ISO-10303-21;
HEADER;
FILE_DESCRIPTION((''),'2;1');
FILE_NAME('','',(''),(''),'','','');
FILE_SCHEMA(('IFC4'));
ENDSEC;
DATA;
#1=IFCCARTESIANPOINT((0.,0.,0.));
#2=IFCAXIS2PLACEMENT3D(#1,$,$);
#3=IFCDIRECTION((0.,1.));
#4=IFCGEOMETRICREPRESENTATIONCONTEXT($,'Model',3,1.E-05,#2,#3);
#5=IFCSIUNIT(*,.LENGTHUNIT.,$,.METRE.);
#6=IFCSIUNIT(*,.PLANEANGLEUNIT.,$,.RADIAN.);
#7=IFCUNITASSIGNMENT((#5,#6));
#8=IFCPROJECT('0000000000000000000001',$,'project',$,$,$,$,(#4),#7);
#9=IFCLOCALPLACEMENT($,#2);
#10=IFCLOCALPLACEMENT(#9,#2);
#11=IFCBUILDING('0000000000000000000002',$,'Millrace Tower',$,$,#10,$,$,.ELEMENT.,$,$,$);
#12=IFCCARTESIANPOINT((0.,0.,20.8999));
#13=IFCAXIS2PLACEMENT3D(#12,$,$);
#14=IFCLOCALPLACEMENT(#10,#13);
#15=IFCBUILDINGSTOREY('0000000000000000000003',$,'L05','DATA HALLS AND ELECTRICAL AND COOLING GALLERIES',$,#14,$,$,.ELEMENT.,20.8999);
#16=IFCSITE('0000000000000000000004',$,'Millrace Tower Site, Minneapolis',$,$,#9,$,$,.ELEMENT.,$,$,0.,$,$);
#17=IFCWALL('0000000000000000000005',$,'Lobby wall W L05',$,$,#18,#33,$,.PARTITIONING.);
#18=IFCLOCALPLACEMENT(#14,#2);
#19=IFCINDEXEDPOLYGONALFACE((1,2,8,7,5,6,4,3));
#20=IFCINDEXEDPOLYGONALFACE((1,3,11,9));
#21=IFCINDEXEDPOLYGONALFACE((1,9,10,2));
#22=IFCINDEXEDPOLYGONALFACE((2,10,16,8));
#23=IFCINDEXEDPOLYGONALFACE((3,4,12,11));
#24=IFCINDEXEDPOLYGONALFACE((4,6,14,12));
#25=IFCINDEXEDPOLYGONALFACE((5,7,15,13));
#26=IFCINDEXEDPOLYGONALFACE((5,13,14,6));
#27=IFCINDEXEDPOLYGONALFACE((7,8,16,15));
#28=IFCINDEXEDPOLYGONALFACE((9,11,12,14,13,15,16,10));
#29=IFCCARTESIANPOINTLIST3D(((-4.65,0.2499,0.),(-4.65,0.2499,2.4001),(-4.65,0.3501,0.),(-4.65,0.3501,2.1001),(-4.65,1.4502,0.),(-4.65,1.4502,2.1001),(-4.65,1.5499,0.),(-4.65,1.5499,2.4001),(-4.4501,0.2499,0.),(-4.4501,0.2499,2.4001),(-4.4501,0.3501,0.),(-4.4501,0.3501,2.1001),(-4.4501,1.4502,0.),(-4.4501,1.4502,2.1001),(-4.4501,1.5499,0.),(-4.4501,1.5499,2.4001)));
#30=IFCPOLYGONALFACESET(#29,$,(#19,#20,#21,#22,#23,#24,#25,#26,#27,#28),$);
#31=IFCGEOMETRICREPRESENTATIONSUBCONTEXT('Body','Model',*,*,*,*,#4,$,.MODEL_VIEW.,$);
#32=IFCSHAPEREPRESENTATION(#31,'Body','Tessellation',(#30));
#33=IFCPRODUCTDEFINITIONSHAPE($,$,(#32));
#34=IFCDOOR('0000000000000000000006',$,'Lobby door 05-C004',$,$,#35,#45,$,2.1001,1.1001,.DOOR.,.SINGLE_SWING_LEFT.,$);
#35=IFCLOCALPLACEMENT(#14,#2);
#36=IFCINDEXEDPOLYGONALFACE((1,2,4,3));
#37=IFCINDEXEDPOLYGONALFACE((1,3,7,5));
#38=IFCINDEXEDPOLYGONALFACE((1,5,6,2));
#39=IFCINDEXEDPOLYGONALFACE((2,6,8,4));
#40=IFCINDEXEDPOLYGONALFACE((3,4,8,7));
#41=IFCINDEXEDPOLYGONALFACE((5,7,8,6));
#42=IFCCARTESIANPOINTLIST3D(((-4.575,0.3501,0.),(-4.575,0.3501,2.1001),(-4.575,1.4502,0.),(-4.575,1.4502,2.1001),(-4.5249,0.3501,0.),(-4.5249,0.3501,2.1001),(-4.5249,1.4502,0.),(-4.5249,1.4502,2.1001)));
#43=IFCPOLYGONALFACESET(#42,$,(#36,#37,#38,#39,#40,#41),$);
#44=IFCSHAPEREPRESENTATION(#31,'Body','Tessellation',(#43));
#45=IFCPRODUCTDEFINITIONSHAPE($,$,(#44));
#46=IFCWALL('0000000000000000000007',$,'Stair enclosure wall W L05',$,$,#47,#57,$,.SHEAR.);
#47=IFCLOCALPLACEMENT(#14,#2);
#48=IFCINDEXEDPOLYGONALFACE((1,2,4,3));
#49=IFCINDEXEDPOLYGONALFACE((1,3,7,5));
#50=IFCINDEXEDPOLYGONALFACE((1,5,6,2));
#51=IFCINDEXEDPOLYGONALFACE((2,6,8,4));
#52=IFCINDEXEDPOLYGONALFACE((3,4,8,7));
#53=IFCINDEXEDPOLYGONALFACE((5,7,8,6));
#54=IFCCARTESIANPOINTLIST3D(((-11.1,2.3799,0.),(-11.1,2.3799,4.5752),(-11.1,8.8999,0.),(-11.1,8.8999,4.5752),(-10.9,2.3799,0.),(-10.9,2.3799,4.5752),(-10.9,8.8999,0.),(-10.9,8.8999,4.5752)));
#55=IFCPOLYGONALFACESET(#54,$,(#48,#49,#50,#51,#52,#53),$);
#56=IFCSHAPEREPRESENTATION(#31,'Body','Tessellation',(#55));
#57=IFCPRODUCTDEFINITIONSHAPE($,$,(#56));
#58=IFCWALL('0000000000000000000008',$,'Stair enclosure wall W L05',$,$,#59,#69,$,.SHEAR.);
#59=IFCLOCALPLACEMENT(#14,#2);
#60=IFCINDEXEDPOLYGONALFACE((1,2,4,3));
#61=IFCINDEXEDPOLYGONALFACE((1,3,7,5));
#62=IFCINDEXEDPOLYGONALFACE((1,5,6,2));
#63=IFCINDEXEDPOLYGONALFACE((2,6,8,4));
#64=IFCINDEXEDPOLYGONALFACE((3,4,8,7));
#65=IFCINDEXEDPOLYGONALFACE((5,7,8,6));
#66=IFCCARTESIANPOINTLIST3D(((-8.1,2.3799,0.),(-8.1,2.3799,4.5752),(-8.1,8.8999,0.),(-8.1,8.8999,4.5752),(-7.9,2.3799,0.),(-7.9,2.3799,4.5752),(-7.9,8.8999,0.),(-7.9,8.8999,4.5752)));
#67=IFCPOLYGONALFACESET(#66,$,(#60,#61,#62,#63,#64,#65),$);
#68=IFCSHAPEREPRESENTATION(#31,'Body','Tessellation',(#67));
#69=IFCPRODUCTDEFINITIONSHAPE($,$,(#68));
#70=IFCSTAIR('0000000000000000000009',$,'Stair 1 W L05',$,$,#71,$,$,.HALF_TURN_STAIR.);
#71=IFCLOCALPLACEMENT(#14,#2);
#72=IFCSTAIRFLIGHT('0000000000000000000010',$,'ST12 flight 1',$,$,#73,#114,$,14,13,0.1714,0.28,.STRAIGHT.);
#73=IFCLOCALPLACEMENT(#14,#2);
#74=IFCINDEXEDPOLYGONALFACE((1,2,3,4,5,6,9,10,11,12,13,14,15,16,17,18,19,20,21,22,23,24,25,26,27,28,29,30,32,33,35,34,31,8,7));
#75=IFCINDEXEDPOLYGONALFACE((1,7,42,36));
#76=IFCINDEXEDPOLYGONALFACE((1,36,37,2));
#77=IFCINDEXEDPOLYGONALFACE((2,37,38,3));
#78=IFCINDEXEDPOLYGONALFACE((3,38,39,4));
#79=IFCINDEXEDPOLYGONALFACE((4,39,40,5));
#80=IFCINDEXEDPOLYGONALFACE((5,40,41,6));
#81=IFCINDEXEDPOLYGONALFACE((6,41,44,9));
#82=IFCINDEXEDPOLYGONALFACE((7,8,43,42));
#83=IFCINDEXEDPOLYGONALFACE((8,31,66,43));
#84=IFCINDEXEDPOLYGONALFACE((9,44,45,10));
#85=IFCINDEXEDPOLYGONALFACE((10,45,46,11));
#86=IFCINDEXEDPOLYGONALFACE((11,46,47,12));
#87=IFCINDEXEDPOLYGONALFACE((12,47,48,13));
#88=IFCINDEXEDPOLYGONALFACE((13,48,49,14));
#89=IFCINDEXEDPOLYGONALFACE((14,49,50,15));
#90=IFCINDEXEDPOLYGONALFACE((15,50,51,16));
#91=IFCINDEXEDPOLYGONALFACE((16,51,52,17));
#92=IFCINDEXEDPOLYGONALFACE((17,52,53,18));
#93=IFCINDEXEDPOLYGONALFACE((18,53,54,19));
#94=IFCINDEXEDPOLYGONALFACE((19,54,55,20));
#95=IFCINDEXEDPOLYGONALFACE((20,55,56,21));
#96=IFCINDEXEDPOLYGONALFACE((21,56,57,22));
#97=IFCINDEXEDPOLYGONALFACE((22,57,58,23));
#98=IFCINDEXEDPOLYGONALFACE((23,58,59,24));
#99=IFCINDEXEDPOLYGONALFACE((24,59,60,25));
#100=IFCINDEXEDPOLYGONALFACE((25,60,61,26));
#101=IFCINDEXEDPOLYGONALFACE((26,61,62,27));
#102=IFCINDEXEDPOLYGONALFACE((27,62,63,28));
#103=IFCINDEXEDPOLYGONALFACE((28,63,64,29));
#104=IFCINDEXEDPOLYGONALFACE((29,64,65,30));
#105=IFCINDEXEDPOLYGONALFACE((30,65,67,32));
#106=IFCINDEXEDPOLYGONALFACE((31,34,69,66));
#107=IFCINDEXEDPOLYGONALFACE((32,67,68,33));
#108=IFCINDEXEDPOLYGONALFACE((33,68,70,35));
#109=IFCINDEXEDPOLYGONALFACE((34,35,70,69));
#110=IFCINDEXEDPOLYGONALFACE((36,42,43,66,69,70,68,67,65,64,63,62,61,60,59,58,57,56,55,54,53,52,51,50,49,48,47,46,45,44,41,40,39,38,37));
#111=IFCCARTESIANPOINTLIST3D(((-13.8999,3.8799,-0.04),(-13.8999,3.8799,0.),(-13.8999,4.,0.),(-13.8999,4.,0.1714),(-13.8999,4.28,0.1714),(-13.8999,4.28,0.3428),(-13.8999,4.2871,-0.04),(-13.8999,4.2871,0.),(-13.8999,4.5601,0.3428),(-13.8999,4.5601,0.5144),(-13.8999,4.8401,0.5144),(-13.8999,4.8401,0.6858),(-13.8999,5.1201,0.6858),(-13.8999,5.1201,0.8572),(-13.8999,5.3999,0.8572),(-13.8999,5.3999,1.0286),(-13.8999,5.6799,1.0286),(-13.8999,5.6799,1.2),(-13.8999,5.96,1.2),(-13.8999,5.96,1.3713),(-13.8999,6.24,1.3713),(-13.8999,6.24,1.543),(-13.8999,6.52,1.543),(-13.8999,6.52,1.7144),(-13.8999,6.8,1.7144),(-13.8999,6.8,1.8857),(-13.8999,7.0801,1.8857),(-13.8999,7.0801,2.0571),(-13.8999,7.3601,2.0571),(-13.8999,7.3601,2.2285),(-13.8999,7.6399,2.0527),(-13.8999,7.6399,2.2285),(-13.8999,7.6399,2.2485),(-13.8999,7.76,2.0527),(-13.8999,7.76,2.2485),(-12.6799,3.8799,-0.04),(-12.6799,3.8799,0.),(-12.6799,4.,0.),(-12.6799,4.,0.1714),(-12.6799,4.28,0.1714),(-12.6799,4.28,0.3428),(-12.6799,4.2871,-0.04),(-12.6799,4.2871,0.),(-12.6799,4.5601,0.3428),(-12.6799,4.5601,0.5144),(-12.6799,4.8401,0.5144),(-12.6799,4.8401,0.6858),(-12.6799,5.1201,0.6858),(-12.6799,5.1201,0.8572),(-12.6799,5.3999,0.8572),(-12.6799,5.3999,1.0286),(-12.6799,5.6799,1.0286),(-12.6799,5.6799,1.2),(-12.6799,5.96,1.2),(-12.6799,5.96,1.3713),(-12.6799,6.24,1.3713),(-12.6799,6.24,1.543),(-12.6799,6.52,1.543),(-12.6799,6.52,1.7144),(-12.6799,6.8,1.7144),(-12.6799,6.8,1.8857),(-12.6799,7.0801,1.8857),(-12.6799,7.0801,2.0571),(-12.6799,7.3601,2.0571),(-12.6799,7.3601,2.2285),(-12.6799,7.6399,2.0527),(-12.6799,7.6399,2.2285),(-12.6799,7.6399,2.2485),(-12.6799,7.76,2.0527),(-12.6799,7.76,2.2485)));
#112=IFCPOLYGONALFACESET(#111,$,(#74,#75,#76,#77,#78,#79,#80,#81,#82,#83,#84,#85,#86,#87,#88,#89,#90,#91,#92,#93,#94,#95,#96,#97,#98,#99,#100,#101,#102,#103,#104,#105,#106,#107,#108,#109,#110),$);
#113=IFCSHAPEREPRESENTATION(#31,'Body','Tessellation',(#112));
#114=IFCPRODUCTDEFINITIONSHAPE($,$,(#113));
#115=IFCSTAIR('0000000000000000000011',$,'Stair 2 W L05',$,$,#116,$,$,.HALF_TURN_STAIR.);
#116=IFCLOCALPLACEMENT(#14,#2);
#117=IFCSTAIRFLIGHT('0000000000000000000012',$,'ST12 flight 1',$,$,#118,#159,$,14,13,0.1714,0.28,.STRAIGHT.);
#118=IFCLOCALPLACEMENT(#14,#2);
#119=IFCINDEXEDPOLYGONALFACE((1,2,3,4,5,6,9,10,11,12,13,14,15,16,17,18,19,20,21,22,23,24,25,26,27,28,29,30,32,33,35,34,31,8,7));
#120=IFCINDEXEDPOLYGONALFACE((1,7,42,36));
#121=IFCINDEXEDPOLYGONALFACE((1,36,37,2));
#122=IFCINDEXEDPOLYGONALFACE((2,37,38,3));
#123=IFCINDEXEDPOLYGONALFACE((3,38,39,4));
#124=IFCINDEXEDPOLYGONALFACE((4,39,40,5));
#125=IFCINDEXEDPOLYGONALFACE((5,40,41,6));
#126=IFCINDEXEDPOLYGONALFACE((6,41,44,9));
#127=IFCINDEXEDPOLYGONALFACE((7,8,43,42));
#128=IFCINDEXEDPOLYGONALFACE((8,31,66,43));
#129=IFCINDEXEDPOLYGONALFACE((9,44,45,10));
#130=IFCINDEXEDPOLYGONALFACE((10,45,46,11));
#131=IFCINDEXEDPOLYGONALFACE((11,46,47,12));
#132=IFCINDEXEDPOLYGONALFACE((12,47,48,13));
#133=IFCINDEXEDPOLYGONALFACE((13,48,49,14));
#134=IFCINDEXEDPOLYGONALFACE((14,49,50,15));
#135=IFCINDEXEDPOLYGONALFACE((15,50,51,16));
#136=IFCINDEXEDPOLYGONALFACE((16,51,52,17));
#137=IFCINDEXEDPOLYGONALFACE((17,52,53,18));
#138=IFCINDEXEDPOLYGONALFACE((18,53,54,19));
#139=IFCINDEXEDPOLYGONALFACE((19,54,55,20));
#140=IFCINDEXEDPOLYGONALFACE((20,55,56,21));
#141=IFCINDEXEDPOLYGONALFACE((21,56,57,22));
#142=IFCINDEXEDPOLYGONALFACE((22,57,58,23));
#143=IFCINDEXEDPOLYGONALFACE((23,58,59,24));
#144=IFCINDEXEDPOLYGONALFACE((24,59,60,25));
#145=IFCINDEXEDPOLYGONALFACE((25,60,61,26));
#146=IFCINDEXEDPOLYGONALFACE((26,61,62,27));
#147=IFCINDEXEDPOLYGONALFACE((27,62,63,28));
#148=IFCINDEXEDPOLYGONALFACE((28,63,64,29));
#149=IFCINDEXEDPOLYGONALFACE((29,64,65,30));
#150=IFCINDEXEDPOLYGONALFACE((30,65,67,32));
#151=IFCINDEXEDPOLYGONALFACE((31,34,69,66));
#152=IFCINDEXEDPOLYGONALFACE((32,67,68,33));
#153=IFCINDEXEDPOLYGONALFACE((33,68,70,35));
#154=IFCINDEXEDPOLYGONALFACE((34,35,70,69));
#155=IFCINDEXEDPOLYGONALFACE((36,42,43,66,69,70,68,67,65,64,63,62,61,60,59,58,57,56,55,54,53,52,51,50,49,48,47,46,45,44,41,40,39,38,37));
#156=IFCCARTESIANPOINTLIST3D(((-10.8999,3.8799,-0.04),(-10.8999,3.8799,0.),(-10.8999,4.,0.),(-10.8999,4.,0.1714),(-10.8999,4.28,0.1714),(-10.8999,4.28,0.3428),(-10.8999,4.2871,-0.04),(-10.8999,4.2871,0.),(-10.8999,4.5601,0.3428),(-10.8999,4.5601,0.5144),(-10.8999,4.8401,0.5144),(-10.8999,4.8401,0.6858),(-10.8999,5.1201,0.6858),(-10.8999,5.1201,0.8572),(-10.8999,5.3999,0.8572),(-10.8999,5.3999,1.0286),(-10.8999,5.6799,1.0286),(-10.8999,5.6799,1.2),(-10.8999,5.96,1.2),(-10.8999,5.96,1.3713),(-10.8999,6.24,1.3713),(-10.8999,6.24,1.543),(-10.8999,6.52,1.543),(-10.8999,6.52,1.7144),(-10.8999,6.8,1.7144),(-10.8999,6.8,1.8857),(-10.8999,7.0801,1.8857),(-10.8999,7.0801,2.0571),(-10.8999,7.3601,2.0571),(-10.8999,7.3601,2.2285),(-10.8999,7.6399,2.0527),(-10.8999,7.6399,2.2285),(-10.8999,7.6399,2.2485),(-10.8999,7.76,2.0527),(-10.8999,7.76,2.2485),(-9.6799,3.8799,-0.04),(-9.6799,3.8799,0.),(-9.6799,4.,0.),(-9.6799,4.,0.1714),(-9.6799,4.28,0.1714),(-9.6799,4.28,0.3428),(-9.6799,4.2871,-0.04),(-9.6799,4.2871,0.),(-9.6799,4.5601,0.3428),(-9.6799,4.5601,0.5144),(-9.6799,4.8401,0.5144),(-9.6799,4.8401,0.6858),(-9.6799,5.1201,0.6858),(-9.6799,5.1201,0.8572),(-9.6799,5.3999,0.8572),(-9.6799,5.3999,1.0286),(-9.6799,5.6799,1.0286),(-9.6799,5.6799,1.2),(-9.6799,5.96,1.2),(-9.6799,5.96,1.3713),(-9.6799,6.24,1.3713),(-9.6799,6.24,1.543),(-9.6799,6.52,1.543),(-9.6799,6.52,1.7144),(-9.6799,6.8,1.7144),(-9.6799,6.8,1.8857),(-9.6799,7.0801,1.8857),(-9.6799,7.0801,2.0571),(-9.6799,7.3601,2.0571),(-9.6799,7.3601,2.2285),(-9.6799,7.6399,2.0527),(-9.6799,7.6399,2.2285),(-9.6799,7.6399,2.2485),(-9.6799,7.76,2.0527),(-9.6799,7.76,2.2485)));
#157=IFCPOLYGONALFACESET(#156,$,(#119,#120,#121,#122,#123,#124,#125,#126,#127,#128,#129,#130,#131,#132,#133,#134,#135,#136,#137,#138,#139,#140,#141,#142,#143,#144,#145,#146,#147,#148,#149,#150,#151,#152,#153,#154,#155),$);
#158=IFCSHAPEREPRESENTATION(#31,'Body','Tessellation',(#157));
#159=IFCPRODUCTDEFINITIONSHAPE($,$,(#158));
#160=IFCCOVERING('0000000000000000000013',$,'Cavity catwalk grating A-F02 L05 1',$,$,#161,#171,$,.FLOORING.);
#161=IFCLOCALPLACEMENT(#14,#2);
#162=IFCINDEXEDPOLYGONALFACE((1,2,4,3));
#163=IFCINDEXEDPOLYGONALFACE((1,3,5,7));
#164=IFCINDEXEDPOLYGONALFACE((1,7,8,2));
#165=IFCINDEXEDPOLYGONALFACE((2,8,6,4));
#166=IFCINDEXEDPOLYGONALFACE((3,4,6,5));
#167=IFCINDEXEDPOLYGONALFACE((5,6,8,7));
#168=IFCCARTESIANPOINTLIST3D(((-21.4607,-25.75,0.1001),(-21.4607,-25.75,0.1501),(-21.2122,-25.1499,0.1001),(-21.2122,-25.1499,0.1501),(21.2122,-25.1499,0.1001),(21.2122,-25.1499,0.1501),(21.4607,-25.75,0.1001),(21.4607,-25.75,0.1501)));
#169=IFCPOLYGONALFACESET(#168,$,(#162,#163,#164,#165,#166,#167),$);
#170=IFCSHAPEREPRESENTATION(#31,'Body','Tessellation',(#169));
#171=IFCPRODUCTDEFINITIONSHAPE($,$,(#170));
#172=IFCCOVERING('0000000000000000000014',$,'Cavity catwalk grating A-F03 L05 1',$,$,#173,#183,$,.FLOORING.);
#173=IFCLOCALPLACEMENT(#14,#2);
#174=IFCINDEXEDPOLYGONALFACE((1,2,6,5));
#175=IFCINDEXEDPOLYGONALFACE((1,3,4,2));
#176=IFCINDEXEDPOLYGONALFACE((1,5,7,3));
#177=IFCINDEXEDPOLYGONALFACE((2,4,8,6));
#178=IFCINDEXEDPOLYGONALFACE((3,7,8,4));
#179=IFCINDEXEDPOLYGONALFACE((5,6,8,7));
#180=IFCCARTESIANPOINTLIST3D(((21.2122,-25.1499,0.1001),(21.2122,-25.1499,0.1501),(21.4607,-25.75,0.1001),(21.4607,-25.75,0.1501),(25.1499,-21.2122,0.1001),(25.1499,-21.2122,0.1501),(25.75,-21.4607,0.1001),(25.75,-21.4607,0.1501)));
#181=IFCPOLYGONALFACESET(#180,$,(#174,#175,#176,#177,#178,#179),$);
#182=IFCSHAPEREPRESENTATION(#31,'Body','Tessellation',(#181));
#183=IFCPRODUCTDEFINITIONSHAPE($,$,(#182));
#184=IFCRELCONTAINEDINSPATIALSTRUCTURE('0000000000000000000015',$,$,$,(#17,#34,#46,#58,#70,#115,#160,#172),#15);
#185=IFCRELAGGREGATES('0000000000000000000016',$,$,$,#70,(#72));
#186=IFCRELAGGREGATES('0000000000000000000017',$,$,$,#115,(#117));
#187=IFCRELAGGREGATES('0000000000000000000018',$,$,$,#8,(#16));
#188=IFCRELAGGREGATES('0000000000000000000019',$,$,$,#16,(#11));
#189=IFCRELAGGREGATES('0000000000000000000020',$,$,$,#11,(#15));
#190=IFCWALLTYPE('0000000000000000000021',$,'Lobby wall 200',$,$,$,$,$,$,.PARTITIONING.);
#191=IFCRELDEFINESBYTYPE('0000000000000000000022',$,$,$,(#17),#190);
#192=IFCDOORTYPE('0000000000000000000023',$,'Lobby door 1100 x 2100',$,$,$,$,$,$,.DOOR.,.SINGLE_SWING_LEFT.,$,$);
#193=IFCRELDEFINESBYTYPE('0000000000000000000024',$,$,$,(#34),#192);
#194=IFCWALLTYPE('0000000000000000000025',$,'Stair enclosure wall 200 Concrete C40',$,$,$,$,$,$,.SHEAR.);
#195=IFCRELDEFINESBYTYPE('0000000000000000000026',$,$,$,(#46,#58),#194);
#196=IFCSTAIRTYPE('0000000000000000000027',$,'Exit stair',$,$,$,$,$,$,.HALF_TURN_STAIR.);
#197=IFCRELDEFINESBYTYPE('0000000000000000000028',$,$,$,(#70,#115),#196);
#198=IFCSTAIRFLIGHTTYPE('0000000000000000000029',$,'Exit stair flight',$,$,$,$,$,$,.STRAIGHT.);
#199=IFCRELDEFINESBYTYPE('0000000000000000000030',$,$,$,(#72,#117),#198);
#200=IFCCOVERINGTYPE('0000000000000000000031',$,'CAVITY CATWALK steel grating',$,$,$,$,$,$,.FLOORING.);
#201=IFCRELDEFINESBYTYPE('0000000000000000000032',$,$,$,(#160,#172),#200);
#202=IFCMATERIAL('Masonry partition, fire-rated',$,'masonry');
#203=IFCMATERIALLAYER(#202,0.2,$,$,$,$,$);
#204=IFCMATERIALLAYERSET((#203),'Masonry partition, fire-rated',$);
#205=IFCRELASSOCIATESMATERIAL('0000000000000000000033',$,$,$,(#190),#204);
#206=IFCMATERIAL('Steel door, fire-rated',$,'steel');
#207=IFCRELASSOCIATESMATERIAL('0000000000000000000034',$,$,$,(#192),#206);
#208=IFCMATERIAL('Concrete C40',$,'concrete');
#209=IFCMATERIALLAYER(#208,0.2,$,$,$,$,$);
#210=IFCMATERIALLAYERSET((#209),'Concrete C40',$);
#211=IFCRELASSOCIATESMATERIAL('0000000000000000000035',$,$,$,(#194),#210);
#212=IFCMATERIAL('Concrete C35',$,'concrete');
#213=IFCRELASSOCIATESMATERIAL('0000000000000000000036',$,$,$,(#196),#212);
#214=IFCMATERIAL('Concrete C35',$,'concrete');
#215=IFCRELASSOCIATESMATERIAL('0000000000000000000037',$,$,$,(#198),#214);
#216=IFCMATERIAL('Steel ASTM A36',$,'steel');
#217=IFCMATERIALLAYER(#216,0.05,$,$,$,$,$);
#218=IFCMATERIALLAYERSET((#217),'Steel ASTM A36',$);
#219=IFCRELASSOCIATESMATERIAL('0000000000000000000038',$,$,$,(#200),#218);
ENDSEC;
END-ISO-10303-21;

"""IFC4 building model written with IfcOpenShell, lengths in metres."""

from ifc_helpers import new_model, si_unit, direction, frame, frame_2d, origin, place, context, subcontext, project, spatial, polyline, rectangle, outline, extrude, material, layer, layer_set, type_object, element, fill, aggregate, save


model = new_model("IFC4")

# Units and contexts
model_context = context("Model", 3, precision=1e-05, world=origin(), true_north=direction((0.0, 1.0)))
body_context = subcontext(model_context, "Body", "Model", "MODEL_VIEW")
ifc_project = project(units=[si_unit("LENGTHUNIT", "METRE"), si_unit("PLANEANGLEUNIT", "RADIAN")], contexts=[model_context])

# Site, building, storey
site_placement = place(None, origin())
site = spatial("IfcSite", under=ifc_project, at=site_placement, Name="Millrace Tower Site, Minneapolis", CompositionType="ELEMENT", RefElevation=0.0)
building_placement = place(site_placement, origin())
building = spatial("IfcBuilding", under=site, at=building_placement, Name="Millrace Tower", CompositionType="ELEMENT")
storey_placement = place(building_placement, frame((0.0, 0.0, 20.8999)))
storey = spatial("IfcBuildingStorey", under=building, at=storey_placement, Name="L05", Description="DATA HALLS AND ELECTRICAL AND COOLING GALLERIES", CompositionType="ELEMENT", Elevation=20.8999)

# Shared definitions
placement_1 = place(storey_placement, origin())

# Wall, opening, door
ifc_material_1 = material(Name="Masonry partition, fire-rated", Category="masonry")
ifc_layer_1 = layer(ifc_material_1, 0.2)
ifc_layer_set_1 = layer_set([ifc_layer_1], Name="Masonry partition, fire-rated")
wall_type_1 = type_object("IfcWallType", Name="Lobby wall 200", PredefinedType="PARTITIONING", material=ifc_layer_set_1)
wall_1_placement = place(storey_placement, frame((-4.55, 0.25, 0.0), z_axis=(0.0, 0.0, 1.0), x_axis=(0.0, 1.0, 0.0)))
wall_1 = element("IfcWall", 1, at=wall_1_placement, inside=storey, type_object=wall_type_1, Name="Lobby wall W L05", PredefinedType="PARTITIONING", context=body_context, shape_type="SweptSolid", body=[
    extrude(rectangle(XDim=1.3, YDim=0.2, at=frame_2d((0.6499, 0.0))), origin(), (0.0, 0.0, 1.0), 2.4001),
])
opening_placement = place(wall_1_placement, frame((0.1001, 0.0, 0.0)))
opening = element("IfcOpeningElement", 2, at=opening_placement, cuts=wall_1, PredefinedType="OPENING", context=body_context, shape_type="SweptSolid", body=[
    extrude(rectangle(XDim=1.1001, YDim=2.1001, at=frame_2d((0.55, 1.05))), frame((0.0, 0.1099, 0.0), z_axis=(0.0, -1.0, 0.0), x_axis=(1.0, 0.0, 0.0)), (0.0, 0.0, 1.0), 0.22),
])
ifc_material_2 = material(Name="Steel door, fire-rated", Category="steel")
door_type = type_object("IfcDoorType", Name="Lobby door 1100 x 2100", OperationType="SINGLE_SWING_LEFT", PredefinedType="DOOR", material=ifc_material_2)
door_placement = place(opening_placement, origin())
door = element("IfcDoor", 3, at=door_placement, inside=storey, type_object=door_type, Name="Lobby door 05-C004", OperationType="SINGLE_SWING_LEFT", OverallHeight=2.1001, OverallWidth=1.1001, PredefinedType="DOOR", context=body_context, shape_type="SweptSolid", body=[
    extrude(rectangle(XDim=1.1001, YDim=2.1001, at=frame_2d((0.55, 1.05))), frame((0.0, 0.0249, 0.0), z_axis=(0.0, -1.0, 0.0), x_axis=(1.0, 0.0, 0.0)), (0.0, 0.0, 1.0), 0.05),
])
fill(opening, door)

# Walls
ifc_material_3 = material(Name="Concrete C40", Category="concrete")
ifc_layer_2 = layer(ifc_material_3, 0.2)
ifc_layer_set_2 = layer_set([ifc_layer_2], Name="Concrete C40")
wall_type_2 = type_object("IfcWallType", Name="Stair enclosure wall 200 Concrete C40", PredefinedType="SHEAR", material=ifc_layer_set_2)
for number, where, z_axis, x_axis, name in (
    (4, (-11.0, 2.3799, 0.0), (0.0, 0.0, 1.0), (0.0, 1.0, 0.0), "Stair enclosure wall W L05"),
    (5, (-8.0, 2.3799, 0.0), (0.0, 0.0, 1.0), (0.0, 1.0, 0.0), "Stair enclosure wall W L05"),
):
    element("IfcWall", number, at=place(storey_placement, frame(where, z_axis=z_axis, x_axis=x_axis)), inside=storey, type_object=wall_type_2, Name=name, PredefinedType="SHEAR", context=body_context, shape_type="SweptSolid", body=[
        extrude(rectangle(XDim=6.52, YDim=0.2, at=frame_2d((3.26, 0.0))), origin(), (0.0, 0.0, 1.0), 4.5752),
    ])

# Stairs, stair flights
ifc_material_4 = material(Name="Concrete C35", Category="concrete")
stair_type = type_object("IfcStairType", Name="Exit stair", PredefinedType="HALF_TURN_STAIR", material=ifc_material_4)
stair_1 = element("IfcStair", 6, at=placement_1, inside=storey, type_object=stair_type, Name="Stair 1 W L05", PredefinedType="HALF_TURN_STAIR")
ifc_material_5 = material(Name="Concrete C35", Category="concrete")
stair_flight_type = type_object("IfcStairFlightType", Name="Exit stair flight", PredefinedType="STRAIGHT", material=ifc_material_5)
stair_flight_1_placement = place(storey_placement, frame((-13.29, 4.0, 0.0), z_axis=(0.0, 0.0, 1.0), x_axis=(0.0, 1.0, 0.0)))
stair_flight_1 = element("IfcStairFlight", 7, at=stair_flight_1_placement, type_object=stair_flight_type, Name="ST12 flight 1", NumberOfRisers=14, NumberOfTreads=13, PredefinedType="STRAIGHT", RiserHeight=0.1714, TreadLength=0.28, context=body_context, shape_type="SweptSolid", body=[
    extrude(outline(polyline([(-0.1201, -0.04), (-0.1201, 0.0), (0.0, 0.0), (0.0, 0.1714), (0.28, 0.1714), (0.28, 0.3428), (0.5601, 0.3428), (0.5601, 0.5144), (0.8401, 0.5144), (0.8401, 0.6858), (1.1201, 0.6858), (1.1201, 0.8572), (1.3999, 0.8572), (1.3999, 1.0286), (1.6799, 1.0286), (1.6799, 1.2), (1.96, 1.2), (1.96, 1.3713), (2.24, 1.3713), (2.24, 1.543), (2.52, 1.543), (2.52, 1.7144), (2.8, 1.7144), (2.8, 1.8857), (3.0801, 1.8857), (3.0801, 2.0571), (3.3601, 2.0571), (3.3601, 2.2285), (3.6399, 2.2285), (3.6399, 2.2485), (3.76, 2.2485), (3.76, 2.0527), (3.6399, 2.0527), (0.2871, 0.0), (0.2871, -0.04), (-0.1201, -0.04)])), frame((0.0, 0.6099, 0.0), z_axis=(0.0, -1.0, 0.0), x_axis=(1.0, 0.0, 0.0)), (0.0, 0.0, 1.0), 1.22),
])
aggregate(stair_1, [stair_flight_1])
stair_2 = element("IfcStair", 8, at=placement_1, inside=storey, type_object=stair_type, Name="Stair 2 W L05", PredefinedType="HALF_TURN_STAIR")
stair_flight_2_placement = place(storey_placement, frame((-10.29, 4.0, 0.0), z_axis=(0.0, 0.0, 1.0), x_axis=(0.0, 1.0, 0.0)))
stair_flight_2 = element("IfcStairFlight", 9, at=stair_flight_2_placement, type_object=stair_flight_type, Name="ST12 flight 1", NumberOfRisers=14, NumberOfTreads=13, PredefinedType="STRAIGHT", RiserHeight=0.1714, TreadLength=0.28, context=body_context, shape_type="SweptSolid", body=[
    extrude(outline(polyline([(-0.1201, -0.04), (-0.1201, 0.0), (0.0, 0.0), (0.0, 0.1714), (0.28, 0.1714), (0.28, 0.3428), (0.5601, 0.3428), (0.5601, 0.5144), (0.8401, 0.5144), (0.8401, 0.6858), (1.1201, 0.6858), (1.1201, 0.8572), (1.3999, 0.8572), (1.3999, 1.0286), (1.6799, 1.0286), (1.6799, 1.2), (1.96, 1.2), (1.96, 1.3713), (2.24, 1.3713), (2.24, 1.543), (2.52, 1.543), (2.52, 1.7144), (2.8, 1.7144), (2.8, 1.8857), (3.0801, 1.8857), (3.0801, 2.0571), (3.3601, 2.0571), (3.3601, 2.2285), (3.6399, 2.2285), (3.6399, 2.2485), (3.76, 2.2485), (3.76, 2.0527), (3.6399, 2.0527), (0.2871, 0.0), (0.2871, -0.04), (-0.1201, -0.04)])), frame((0.0, 0.6099, 0.0), z_axis=(0.0, -1.0, 0.0), x_axis=(1.0, 0.0, 0.0)), (0.0, 0.0, 1.0), 1.22),
])
aggregate(stair_2, [stair_flight_2])

# Coverings
ifc_material_6 = material(Name="Steel ASTM A36", Category="steel")
ifc_layer_3 = layer(ifc_material_6, 0.05)
ifc_layer_set_3 = layer_set([ifc_layer_3], Name="Steel ASTM A36")
covering_type = type_object("IfcCoveringType", Name="CAVITY CATWALK steel grating", PredefinedType="FLOORING", material=ifc_layer_set_3)
placement_2 = place(storey_placement, frame((0.0, 0.0, 0.1001)))
element("IfcCovering", 10, at=placement_2, inside=storey, type_object=covering_type, Name="Cavity catwalk grating A-F02 L05 1", PredefinedType="FLOORING", context=body_context, shape_type="SweptSolid", body=[
    extrude(outline(polyline([(-21.4607, -25.75), (21.4607, -25.75), (21.2122, -25.1499), (-21.2122, -25.1499), (-21.4607, -25.75)])), origin(), (0.0, 0.0, 1.0), 0.05),
])
element("IfcCovering", 11, at=placement_2, inside=storey, type_object=covering_type, Name="Cavity catwalk grating A-F03 L05 1", PredefinedType="FLOORING", context=body_context, shape_type="SweptSolid", body=[
    extrude(outline(polyline([(21.4607, -25.75), (25.75, -21.4607), (25.1499, -21.2122), (21.2122, -25.1499), (21.4607, -25.75)])), origin(), (0.0, 0.0, 1.0), 0.05),
])

save(model, "model.ifc")
